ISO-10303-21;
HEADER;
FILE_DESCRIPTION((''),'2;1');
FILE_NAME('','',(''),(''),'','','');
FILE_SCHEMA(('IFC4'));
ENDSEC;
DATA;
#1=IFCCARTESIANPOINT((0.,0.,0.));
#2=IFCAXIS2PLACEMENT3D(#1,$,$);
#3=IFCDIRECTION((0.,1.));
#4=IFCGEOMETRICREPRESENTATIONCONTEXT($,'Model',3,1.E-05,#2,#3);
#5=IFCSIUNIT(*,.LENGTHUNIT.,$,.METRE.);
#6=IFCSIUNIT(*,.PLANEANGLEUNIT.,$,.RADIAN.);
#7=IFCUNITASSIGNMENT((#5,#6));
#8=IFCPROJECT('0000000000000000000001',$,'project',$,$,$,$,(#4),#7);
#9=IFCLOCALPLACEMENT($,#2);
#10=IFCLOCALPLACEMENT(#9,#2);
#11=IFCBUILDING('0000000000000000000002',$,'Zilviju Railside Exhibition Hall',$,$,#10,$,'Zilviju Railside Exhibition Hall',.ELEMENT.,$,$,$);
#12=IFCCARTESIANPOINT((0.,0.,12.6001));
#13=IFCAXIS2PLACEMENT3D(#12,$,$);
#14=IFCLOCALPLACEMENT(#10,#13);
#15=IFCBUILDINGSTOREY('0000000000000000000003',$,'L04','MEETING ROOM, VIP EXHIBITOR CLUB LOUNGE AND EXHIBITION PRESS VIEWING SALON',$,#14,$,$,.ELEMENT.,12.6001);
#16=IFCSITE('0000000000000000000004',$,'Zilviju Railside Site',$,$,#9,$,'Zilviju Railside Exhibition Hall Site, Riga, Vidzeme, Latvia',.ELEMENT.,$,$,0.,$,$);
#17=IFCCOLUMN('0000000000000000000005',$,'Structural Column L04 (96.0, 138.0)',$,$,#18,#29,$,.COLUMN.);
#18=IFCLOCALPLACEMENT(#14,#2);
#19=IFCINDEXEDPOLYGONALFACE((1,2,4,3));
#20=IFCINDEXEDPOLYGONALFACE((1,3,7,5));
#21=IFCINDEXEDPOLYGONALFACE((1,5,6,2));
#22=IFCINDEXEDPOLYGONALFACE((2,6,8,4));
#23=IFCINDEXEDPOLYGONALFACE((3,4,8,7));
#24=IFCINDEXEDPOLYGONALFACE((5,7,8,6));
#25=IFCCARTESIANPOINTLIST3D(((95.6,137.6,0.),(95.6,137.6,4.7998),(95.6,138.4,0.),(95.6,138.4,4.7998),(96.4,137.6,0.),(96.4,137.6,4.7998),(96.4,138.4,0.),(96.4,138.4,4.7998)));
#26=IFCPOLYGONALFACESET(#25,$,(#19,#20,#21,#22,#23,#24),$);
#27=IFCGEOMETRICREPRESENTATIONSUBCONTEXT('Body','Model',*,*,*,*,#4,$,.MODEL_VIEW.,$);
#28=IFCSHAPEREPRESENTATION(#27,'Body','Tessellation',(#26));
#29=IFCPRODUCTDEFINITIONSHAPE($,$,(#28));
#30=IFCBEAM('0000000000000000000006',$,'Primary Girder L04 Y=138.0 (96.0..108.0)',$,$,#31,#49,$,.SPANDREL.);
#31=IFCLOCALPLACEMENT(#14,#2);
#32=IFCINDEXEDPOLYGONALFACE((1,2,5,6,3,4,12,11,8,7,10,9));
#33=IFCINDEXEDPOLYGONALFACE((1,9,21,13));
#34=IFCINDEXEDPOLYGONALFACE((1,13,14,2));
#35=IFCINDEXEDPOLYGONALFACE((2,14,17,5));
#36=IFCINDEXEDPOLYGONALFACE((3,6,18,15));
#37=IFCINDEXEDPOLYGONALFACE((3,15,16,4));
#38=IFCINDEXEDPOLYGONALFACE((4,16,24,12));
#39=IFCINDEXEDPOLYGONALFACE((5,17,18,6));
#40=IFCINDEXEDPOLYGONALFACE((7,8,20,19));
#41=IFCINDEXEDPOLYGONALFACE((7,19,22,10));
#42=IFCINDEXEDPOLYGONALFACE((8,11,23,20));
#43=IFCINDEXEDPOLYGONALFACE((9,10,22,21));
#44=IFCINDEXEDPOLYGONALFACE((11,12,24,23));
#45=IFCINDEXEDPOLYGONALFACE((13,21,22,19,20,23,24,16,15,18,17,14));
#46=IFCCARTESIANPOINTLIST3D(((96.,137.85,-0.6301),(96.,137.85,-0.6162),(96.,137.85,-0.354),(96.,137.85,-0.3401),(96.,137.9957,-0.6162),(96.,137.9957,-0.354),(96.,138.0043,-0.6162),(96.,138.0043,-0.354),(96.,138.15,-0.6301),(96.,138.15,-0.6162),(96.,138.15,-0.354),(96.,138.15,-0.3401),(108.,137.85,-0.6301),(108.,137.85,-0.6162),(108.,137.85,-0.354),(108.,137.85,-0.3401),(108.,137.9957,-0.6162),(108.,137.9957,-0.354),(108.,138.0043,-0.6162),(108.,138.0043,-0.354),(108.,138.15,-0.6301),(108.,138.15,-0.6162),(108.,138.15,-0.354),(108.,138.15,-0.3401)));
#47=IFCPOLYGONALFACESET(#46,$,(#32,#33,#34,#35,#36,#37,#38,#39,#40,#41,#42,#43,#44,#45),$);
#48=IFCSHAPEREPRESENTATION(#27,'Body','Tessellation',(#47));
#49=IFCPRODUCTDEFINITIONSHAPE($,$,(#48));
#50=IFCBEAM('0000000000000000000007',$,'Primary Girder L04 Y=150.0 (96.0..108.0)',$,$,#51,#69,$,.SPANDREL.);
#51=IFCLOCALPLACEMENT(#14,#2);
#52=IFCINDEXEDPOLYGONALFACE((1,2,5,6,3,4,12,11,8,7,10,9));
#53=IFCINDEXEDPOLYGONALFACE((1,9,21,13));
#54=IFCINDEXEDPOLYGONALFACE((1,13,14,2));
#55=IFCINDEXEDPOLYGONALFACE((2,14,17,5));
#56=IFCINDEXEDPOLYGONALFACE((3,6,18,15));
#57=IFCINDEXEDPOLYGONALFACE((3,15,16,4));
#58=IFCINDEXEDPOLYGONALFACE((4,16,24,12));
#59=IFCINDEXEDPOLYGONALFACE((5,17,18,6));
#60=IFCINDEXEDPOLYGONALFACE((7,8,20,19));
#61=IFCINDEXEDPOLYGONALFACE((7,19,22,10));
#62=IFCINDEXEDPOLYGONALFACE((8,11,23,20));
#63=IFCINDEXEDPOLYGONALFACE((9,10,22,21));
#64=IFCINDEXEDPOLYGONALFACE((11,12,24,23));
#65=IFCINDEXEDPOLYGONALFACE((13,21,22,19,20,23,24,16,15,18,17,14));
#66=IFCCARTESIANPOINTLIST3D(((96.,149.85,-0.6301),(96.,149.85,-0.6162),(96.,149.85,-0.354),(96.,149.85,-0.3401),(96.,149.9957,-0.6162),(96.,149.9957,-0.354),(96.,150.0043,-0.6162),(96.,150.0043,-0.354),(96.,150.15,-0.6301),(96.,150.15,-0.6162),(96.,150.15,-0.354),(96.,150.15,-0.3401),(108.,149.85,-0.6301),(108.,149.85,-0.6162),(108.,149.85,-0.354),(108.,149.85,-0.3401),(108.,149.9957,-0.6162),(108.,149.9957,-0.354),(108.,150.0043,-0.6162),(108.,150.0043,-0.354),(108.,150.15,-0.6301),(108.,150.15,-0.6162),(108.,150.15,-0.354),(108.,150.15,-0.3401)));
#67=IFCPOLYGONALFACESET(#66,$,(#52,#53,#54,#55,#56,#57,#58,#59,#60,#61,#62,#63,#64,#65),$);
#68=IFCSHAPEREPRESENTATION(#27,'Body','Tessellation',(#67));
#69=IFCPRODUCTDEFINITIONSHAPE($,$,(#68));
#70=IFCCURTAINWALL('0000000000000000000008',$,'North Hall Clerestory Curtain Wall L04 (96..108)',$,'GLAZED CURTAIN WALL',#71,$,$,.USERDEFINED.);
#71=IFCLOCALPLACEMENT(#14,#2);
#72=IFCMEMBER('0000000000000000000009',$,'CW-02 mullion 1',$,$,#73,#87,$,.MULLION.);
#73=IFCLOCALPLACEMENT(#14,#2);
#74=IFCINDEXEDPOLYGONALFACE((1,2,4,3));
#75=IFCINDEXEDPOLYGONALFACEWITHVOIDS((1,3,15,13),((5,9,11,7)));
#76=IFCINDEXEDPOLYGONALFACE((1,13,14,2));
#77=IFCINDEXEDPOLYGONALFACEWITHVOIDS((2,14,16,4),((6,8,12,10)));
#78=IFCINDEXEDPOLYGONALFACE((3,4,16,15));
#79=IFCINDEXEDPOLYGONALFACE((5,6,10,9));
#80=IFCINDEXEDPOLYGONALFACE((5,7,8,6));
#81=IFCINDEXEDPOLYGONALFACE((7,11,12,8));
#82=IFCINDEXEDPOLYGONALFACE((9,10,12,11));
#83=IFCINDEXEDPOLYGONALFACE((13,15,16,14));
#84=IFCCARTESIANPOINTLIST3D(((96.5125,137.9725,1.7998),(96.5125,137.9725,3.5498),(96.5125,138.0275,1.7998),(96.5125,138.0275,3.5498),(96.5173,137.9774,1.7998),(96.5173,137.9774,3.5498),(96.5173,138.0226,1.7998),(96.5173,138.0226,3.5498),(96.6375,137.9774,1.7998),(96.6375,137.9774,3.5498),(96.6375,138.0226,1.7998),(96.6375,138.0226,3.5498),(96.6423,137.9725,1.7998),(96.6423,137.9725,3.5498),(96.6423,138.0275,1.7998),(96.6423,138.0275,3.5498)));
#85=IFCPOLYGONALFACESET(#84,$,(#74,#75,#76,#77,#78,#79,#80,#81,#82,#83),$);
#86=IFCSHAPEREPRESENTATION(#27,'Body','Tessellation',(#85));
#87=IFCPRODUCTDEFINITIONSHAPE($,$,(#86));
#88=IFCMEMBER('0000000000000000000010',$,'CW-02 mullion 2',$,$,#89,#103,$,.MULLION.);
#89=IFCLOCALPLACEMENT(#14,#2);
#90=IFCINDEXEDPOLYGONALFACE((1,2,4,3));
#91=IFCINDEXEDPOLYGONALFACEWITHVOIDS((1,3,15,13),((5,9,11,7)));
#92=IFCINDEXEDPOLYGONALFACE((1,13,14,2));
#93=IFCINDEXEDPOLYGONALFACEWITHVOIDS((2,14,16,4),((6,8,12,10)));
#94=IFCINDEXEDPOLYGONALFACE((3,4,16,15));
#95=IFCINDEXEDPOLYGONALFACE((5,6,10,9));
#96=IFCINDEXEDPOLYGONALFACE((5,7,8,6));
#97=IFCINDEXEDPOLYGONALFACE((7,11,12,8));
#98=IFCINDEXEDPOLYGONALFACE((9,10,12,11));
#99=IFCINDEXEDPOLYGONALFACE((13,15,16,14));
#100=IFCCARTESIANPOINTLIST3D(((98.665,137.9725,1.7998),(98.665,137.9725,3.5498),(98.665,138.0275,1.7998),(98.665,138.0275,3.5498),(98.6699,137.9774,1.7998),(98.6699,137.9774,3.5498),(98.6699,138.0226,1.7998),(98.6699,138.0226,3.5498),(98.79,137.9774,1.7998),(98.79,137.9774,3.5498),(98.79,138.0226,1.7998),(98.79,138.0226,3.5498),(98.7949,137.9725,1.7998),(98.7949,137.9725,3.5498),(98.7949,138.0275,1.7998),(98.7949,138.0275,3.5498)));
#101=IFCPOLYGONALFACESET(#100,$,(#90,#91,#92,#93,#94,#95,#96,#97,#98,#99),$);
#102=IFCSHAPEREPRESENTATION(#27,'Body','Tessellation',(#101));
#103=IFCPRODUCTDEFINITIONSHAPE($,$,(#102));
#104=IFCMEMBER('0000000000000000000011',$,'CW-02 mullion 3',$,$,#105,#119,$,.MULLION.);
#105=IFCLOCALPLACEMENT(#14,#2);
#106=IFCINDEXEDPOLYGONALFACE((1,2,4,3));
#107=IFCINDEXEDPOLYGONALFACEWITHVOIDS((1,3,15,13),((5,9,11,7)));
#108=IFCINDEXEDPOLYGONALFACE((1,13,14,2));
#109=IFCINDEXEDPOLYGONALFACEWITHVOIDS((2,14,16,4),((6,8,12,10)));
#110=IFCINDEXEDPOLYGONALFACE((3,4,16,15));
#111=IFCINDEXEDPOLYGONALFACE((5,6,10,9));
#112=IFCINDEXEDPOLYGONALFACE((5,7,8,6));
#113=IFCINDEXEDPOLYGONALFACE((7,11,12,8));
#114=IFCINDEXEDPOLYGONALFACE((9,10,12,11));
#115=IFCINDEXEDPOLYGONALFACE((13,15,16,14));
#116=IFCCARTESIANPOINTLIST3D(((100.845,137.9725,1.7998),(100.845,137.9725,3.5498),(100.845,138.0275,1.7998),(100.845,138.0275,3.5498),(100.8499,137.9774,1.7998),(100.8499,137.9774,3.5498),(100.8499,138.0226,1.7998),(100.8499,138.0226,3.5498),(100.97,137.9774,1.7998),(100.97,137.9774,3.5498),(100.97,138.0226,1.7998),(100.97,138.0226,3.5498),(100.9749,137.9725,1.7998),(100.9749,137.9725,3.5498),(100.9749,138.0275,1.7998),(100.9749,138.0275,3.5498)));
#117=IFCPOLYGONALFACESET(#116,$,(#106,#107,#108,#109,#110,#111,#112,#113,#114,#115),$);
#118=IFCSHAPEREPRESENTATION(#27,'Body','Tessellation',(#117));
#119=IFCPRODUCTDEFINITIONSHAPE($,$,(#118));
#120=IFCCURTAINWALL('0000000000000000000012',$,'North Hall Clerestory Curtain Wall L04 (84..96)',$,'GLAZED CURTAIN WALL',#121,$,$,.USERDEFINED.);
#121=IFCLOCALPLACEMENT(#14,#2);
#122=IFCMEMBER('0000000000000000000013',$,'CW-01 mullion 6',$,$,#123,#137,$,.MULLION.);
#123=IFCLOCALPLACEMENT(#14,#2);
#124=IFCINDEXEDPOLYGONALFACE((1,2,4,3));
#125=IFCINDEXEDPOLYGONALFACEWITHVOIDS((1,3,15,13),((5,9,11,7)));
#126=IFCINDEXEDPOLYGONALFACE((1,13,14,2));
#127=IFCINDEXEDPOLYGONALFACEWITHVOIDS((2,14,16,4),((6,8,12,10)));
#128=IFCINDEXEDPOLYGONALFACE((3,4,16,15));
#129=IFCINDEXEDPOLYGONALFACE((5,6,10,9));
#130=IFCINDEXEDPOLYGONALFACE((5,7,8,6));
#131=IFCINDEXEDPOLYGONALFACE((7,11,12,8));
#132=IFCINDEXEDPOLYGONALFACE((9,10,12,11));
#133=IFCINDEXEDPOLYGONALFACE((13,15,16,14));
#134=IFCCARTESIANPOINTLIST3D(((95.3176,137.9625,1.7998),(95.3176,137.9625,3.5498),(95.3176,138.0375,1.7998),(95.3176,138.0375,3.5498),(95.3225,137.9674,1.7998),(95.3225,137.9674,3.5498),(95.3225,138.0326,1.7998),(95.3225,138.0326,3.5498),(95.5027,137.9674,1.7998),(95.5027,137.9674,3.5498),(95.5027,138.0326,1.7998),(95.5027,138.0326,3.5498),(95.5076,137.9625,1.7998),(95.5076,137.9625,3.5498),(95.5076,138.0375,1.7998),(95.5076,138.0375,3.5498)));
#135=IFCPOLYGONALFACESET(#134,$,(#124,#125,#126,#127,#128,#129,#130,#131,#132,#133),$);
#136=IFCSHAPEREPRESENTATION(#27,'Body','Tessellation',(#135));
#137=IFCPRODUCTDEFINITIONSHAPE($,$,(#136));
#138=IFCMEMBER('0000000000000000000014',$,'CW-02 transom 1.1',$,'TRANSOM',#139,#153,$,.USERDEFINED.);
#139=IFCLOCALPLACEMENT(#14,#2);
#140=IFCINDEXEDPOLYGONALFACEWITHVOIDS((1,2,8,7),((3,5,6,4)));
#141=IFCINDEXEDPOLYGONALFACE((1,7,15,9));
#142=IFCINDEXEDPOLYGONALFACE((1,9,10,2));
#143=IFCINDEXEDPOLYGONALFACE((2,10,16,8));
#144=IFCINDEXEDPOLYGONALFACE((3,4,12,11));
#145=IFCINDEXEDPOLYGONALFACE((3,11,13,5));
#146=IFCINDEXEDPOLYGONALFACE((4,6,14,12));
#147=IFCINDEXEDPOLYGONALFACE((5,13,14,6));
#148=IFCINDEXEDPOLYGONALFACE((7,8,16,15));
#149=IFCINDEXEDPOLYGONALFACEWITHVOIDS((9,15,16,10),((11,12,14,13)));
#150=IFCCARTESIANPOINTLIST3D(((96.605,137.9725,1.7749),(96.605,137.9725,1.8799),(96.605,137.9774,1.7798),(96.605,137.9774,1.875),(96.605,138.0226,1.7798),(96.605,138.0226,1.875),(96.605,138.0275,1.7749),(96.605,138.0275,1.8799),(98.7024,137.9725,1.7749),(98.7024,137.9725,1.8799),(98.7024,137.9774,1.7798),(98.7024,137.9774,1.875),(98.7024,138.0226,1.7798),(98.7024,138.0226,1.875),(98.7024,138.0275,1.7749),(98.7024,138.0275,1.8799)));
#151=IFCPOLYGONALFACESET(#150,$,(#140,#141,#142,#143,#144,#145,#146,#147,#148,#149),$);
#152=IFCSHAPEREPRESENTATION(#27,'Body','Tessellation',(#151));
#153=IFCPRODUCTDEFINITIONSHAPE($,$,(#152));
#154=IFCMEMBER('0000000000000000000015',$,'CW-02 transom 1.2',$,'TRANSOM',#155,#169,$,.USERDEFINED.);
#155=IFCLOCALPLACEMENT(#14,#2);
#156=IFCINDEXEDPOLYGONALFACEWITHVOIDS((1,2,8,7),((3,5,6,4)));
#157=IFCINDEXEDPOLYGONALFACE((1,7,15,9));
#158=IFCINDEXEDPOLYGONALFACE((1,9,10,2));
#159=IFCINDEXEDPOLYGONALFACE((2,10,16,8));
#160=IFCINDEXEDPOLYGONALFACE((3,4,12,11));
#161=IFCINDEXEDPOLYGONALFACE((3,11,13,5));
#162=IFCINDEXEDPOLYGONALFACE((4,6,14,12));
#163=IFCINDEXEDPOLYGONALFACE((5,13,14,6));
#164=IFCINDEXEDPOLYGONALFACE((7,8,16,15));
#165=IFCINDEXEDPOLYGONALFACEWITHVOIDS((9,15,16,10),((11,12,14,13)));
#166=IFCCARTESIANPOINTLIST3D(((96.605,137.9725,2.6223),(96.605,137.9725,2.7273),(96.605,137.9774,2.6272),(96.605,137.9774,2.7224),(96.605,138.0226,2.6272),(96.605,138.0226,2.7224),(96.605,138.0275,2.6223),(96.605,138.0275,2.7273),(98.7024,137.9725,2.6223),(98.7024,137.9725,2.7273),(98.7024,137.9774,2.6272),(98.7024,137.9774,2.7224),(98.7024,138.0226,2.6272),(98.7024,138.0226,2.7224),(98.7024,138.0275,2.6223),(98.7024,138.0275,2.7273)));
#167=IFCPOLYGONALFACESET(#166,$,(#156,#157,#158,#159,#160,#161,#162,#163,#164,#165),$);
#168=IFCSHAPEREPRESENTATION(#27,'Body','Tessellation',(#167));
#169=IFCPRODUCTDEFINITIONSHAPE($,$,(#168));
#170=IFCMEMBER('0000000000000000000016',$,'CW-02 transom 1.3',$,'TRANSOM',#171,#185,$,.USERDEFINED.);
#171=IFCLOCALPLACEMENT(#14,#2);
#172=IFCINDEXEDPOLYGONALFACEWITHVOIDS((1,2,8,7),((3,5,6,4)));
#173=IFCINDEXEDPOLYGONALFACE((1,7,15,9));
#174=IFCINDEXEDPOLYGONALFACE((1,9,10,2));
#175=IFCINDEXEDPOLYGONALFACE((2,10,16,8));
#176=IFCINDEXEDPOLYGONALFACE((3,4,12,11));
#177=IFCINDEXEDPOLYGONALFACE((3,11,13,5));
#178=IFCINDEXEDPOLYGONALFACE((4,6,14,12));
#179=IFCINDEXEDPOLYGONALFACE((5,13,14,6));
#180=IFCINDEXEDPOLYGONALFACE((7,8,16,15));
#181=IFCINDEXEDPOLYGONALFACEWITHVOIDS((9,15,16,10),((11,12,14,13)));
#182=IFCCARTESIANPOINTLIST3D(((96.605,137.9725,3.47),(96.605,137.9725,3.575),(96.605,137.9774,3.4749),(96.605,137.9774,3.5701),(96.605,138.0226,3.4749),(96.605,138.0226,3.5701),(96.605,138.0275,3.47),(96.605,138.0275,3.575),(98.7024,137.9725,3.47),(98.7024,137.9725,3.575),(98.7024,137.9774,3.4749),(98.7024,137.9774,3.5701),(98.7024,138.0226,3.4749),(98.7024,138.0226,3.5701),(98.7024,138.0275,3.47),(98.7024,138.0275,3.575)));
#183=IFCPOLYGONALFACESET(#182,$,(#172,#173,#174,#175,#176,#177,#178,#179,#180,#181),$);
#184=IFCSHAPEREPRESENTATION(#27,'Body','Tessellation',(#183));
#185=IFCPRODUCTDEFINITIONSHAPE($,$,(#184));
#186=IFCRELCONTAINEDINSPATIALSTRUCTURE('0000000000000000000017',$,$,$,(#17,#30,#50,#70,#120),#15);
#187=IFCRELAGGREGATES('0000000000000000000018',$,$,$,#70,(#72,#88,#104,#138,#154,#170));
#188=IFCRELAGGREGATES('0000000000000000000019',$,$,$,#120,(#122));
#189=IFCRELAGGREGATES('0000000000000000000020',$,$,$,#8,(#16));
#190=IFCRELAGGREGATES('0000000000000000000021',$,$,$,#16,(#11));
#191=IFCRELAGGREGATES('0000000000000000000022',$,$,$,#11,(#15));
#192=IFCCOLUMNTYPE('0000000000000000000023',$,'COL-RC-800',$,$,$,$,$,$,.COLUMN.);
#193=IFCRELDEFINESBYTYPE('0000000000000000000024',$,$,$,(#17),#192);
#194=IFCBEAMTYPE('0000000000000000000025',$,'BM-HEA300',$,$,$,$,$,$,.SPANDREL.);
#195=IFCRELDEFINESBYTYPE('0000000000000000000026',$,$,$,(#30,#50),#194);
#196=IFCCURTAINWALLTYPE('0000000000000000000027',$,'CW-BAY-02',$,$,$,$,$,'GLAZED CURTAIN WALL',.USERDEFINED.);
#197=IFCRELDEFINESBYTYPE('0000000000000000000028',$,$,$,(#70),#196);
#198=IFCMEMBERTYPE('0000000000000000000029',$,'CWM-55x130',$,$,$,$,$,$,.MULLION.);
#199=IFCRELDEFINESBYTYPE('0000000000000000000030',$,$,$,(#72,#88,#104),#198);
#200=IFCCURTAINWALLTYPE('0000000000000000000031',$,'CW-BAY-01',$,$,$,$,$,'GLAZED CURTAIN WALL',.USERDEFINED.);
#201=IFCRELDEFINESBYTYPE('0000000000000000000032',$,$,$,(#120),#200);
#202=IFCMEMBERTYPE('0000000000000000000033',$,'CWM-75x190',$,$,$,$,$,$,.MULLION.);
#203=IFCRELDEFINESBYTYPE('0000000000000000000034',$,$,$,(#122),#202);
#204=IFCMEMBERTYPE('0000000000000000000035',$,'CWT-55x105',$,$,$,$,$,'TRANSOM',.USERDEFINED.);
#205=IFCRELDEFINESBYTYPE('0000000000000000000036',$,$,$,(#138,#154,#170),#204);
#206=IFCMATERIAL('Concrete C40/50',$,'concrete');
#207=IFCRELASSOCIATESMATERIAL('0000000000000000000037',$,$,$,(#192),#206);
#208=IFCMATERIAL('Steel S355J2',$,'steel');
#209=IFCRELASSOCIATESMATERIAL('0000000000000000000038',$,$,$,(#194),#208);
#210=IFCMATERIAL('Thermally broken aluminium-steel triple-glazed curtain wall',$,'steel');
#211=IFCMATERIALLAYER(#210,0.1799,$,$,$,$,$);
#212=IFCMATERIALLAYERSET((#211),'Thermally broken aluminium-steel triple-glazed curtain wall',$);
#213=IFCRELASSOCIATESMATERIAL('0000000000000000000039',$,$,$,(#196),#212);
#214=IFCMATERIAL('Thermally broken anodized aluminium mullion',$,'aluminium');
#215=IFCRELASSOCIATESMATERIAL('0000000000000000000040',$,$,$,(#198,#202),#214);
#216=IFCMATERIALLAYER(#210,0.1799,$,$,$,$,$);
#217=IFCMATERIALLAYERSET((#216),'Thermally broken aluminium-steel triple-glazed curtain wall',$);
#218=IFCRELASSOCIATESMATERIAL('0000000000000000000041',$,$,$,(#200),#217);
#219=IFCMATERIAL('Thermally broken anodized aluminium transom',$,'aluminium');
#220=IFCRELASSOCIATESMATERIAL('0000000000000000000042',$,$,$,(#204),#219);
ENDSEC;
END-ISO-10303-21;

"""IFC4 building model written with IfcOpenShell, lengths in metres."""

from ifc_helpers import new_model, si_unit, direction, frame, origin, origin_2d, place, context, subcontext, project, spatial, rectangle, hollow_rectangle, i_section, extrude, material, layer, layer_set, material_profile, profile_set, type_object, element, aggregate, save


model = new_model("IFC4")

# Units and contexts
model_context = context("Model", 3, precision=1e-05, world=origin(), true_north=direction((0.0, 1.0)))
body_context = subcontext(model_context, "Body", "Model", "MODEL_VIEW")
ifc_project = project(units=[si_unit("LENGTHUNIT", "METRE"), si_unit("PLANEANGLEUNIT", "RADIAN")], contexts=[model_context])

# Site, building, storey
site_placement = place(None, origin())
site = spatial("IfcSite", under=ifc_project, at=site_placement, Name="Zilviju Railside Site", LongName="Zilviju Railside Exhibition Hall Site, Riga, Vidzeme, Latvia", CompositionType="ELEMENT", RefElevation=0.0)
building_placement = place(site_placement, origin())
building = spatial("IfcBuilding", under=site, at=building_placement, Name="Zilviju Railside Exhibition Hall", LongName="Zilviju Railside Exhibition Hall", CompositionType="ELEMENT")
storey_placement = place(building_placement, frame((0.0, 0.0, 12.6001)))
storey = spatial("IfcBuildingStorey", under=building, at=storey_placement, Name="L04", Description="MEETING ROOM, VIP EXHIBITOR CLUB LOUNGE AND EXHIBITION PRESS VIEWING SALON", CompositionType="ELEMENT", Elevation=12.6001)

# Column
ifc_material_1 = material(Name="Concrete C40/50", Category="concrete")
ifc_material_profile_1 = material_profile(ifc_material_1, rectangle(XDim=0.8, YDim=0.8, at=origin_2d()), Name="RC COL 800x800")
ifc_profile_set_1 = profile_set([ifc_material_profile_1], Name="Concrete C40/50")
column_type = type_object("IfcColumnType", Name="COL-RC-800", PredefinedType="COLUMN", material=ifc_profile_set_1)
column_placement = place(storey_placement, frame((96.0, 138.0, 0.0), z_axis=(0.0, 0.0, 1.0), x_axis=(1.0, 0.0, 0.0)))
element("IfcColumn", 1, at=column_placement, inside=storey, type_object=column_type, Name="Structural Column L04 (96.0, 138.0)", PredefinedType="COLUMN", context=body_context, shape_type="SweptSolid", body=[
    extrude(rectangle(XDim=0.8, YDim=0.8, at=origin_2d()), origin(), (0.0, 0.0, 1.0), 4.7998),
])

# Beams
ifc_material_2 = material(Name="Steel S355J2", Category="steel")
ifc_material_profile_2 = material_profile(ifc_material_2, i_section(OverallWidth=0.3, OverallDepth=0.29, WebThickness=0.0085, FlangeThickness=0.0139, at=origin_2d()), Name="HEA 300")
ifc_profile_set_2 = profile_set([ifc_material_profile_2], Name="Steel S355J2")
beam_type = type_object("IfcBeamType", Name="BM-HEA300", PredefinedType="SPANDREL", material=ifc_profile_set_2)
for number, where, z_axis, x_axis, name in (
    (2, (96.0, 138.0, -0.4851), (1.0, 0.0, 0.0), (0.0, 1.0, 0.0), "Primary Girder L04 Y=138.0 (96.0..108.0)"),
    (3, (96.0, 150.0, -0.4851), (1.0, 0.0, 0.0), (0.0, 1.0, 0.0), "Primary Girder L04 Y=150.0 (96.0..108.0)"),
):
    element("IfcBeam", number, at=place(storey_placement, frame(where, z_axis=z_axis, x_axis=x_axis)), inside=storey, type_object=beam_type, Name=name, PredefinedType="SPANDREL", context=body_context, shape_type="SweptSolid", body=[
        extrude(i_section(OverallWidth=0.3, OverallDepth=0.29, WebThickness=0.0085, FlangeThickness=0.0139, at=origin_2d()), origin(), (0.0, 0.0, 1.0), 12.0),
    ])

# Curtain wall, members
ifc_material_3 = material(Name="Thermally broken aluminium-steel triple-glazed curtain wall", Category="steel")
ifc_layer_1 = layer(ifc_material_3, 0.1799)
ifc_layer_set_1 = layer_set([ifc_layer_1], Name="Thermally broken aluminium-steel triple-glazed curtain wall")
curtain_wall_type_1 = type_object("IfcCurtainWallType", Name="CW-BAY-02", ElementType="GLAZED CURTAIN WALL", PredefinedType="USERDEFINED", material=ifc_layer_set_1)
curtain_wall_1_placement = place(storey_placement, origin())
curtain_wall_1 = element("IfcCurtainWall", 4, at=curtain_wall_1_placement, inside=storey, type_object=curtain_wall_type_1, Name="North Hall Clerestory Curtain Wall L04 (96..108)", ObjectType="GLAZED CURTAIN WALL", PredefinedType="USERDEFINED")
ifc_material_4 = material(Name="Thermally broken anodized aluminium mullion", Category="aluminium")
ifc_material_profile_3 = material_profile(ifc_material_4, hollow_rectangle(XDim=0.0549, YDim=0.1299, WallThickness=0.0049, at=origin_2d()), Name="MULLION 130x55x5")
ifc_profile_set_3 = profile_set([ifc_material_profile_3], Name="Thermally broken anodized aluminium mullion")
member_type_1 = type_object("IfcMemberType", Name="CWM-55x130", PredefinedType="MULLION", material=ifc_profile_set_3)
member_1_placement = place(storey_placement, frame((96.5774, 138.0, 1.7998), z_axis=(0.0, 0.0, 1.0), x_axis=(0.0, 1.0, 0.0)))
member_1 = element("IfcMember", 5, at=member_1_placement, type_object=member_type_1, Name="CW-02 mullion 1", PredefinedType="MULLION", context=body_context, shape_type="SweptSolid", body=[
    extrude(hollow_rectangle(XDim=0.0549, YDim=0.1299, WallThickness=0.0049, at=origin_2d()), origin(), (0.0, 0.0, 1.0), 1.75),
])
member_2_placement = place(storey_placement, frame((98.73, 138.0, 1.7998), z_axis=(0.0, 0.0, 1.0), x_axis=(0.0, 1.0, 0.0)))
member_2 = element("IfcMember", 6, at=member_2_placement, type_object=member_type_1, Name="CW-02 mullion 2", PredefinedType="MULLION", context=body_context, shape_type="SweptSolid", body=[
    extrude(hollow_rectangle(XDim=0.0549, YDim=0.1299, WallThickness=0.0049, at=origin_2d()), origin(), (0.0, 0.0, 1.0), 1.75),
])
member_3_placement = place(storey_placement, frame((100.9099, 138.0, 1.7998), z_axis=(0.0, 0.0, 1.0), x_axis=(0.0, 1.0, 0.0)))
member_3 = element("IfcMember", 7, at=member_3_placement, type_object=member_type_1, Name="CW-02 mullion 3", PredefinedType="MULLION", context=body_context, shape_type="SweptSolid", body=[
    extrude(hollow_rectangle(XDim=0.0549, YDim=0.1299, WallThickness=0.0049, at=origin_2d()), origin(), (0.0, 0.0, 1.0), 1.75),
])

# Curtain wall, member
ifc_layer_2 = layer(ifc_material_3, 0.1799)
ifc_layer_set_2 = layer_set([ifc_layer_2], Name="Thermally broken aluminium-steel triple-glazed curtain wall")
curtain_wall_type_2 = type_object("IfcCurtainWallType", Name="CW-BAY-01", ElementType="GLAZED CURTAIN WALL", PredefinedType="USERDEFINED", material=ifc_layer_set_2)
curtain_wall_2_placement = place(storey_placement, origin())
curtain_wall_2 = element("IfcCurtainWall", 8, at=curtain_wall_2_placement, inside=storey, type_object=curtain_wall_type_2, Name="North Hall Clerestory Curtain Wall L04 (84..96)", ObjectType="GLAZED CURTAIN WALL", PredefinedType="USERDEFINED")
ifc_material_profile_4 = material_profile(ifc_material_4, hollow_rectangle(XDim=0.075, YDim=0.1899, WallThickness=0.0049, at=origin_2d()), Name="MULLION 190x75x5")
ifc_profile_set_4 = profile_set([ifc_material_profile_4], Name="Thermally broken anodized aluminium mullion")
member_type_2 = type_object("IfcMemberType", Name="CWM-75x190", PredefinedType="MULLION", material=ifc_profile_set_4)
member_4_placement = place(storey_placement, frame((95.4126, 138.0, 1.7998), z_axis=(0.0, 0.0, 1.0), x_axis=(0.0, 1.0, 0.0)))
member_4 = element("IfcMember", 9, at=member_4_placement, type_object=member_type_2, Name="CW-01 mullion 6", PredefinedType="MULLION", context=body_context, shape_type="SweptSolid", body=[
    extrude(hollow_rectangle(XDim=0.075, YDim=0.1899, WallThickness=0.0049, at=origin_2d()), origin(), (0.0, 0.0, 1.0), 1.75),
])

# Members
ifc_material_5 = material(Name="Thermally broken anodized aluminium transom", Category="aluminium")
ifc_material_profile_5 = material_profile(ifc_material_5, hollow_rectangle(XDim=0.0549, YDim=0.105, WallThickness=0.0049, at=origin_2d()), Name="TRANSOM 105x55x5")
ifc_profile_set_5 = profile_set([ifc_material_profile_5], Name="Thermally broken anodized aluminium transom")
member_type_3 = type_object("IfcMemberType", Name="CWT-55x105", ElementType="TRANSOM", PredefinedType="USERDEFINED", material=ifc_profile_set_5)
member_5_placement = place(storey_placement, frame((96.605, 138.0, 1.8274), z_axis=(1.0, 0.0, 0.0), x_axis=(0.0, 1.0, 0.0)))
member_5 = element("IfcMember", 10, at=member_5_placement, type_object=member_type_3, Name="CW-02 transom 1.1", ObjectType="TRANSOM", PredefinedType="USERDEFINED", context=body_context, shape_type="SweptSolid", body=[
    extrude(hollow_rectangle(XDim=0.0549, YDim=0.105, WallThickness=0.0049, at=origin_2d()), origin(), (0.0, 0.0, 1.0), 2.0974),
])
member_6_placement = place(storey_placement, frame((96.605, 138.0, 2.6748), z_axis=(1.0, 0.0, 0.0), x_axis=(0.0, 1.0, 0.0)))
member_6 = element("IfcMember", 11, at=member_6_placement, type_object=member_type_3, Name="CW-02 transom 1.2", ObjectType="TRANSOM", PredefinedType="USERDEFINED", context=body_context, shape_type="SweptSolid", body=[
    extrude(hollow_rectangle(XDim=0.0549, YDim=0.105, WallThickness=0.0049, at=origin_2d()), origin(), (0.0, 0.0, 1.0), 2.0974),
])
member_7_placement = place(storey_placement, frame((96.605, 138.0, 3.5225), z_axis=(1.0, 0.0, 0.0), x_axis=(0.0, 1.0, 0.0)))
member_7 = element("IfcMember", 12, at=member_7_placement, type_object=member_type_3, Name="CW-02 transom 1.3", ObjectType="TRANSOM", PredefinedType="USERDEFINED", context=body_context, shape_type="SweptSolid", body=[
    extrude(hollow_rectangle(XDim=0.0549, YDim=0.105, WallThickness=0.0049, at=origin_2d()), origin(), (0.0, 0.0, 1.0), 2.0974),
])

aggregate(curtain_wall_1, [member_1, member_2, member_3, member_5, member_6, member_7])
aggregate(curtain_wall_2, [member_4])

save(model, "model.ifc")
